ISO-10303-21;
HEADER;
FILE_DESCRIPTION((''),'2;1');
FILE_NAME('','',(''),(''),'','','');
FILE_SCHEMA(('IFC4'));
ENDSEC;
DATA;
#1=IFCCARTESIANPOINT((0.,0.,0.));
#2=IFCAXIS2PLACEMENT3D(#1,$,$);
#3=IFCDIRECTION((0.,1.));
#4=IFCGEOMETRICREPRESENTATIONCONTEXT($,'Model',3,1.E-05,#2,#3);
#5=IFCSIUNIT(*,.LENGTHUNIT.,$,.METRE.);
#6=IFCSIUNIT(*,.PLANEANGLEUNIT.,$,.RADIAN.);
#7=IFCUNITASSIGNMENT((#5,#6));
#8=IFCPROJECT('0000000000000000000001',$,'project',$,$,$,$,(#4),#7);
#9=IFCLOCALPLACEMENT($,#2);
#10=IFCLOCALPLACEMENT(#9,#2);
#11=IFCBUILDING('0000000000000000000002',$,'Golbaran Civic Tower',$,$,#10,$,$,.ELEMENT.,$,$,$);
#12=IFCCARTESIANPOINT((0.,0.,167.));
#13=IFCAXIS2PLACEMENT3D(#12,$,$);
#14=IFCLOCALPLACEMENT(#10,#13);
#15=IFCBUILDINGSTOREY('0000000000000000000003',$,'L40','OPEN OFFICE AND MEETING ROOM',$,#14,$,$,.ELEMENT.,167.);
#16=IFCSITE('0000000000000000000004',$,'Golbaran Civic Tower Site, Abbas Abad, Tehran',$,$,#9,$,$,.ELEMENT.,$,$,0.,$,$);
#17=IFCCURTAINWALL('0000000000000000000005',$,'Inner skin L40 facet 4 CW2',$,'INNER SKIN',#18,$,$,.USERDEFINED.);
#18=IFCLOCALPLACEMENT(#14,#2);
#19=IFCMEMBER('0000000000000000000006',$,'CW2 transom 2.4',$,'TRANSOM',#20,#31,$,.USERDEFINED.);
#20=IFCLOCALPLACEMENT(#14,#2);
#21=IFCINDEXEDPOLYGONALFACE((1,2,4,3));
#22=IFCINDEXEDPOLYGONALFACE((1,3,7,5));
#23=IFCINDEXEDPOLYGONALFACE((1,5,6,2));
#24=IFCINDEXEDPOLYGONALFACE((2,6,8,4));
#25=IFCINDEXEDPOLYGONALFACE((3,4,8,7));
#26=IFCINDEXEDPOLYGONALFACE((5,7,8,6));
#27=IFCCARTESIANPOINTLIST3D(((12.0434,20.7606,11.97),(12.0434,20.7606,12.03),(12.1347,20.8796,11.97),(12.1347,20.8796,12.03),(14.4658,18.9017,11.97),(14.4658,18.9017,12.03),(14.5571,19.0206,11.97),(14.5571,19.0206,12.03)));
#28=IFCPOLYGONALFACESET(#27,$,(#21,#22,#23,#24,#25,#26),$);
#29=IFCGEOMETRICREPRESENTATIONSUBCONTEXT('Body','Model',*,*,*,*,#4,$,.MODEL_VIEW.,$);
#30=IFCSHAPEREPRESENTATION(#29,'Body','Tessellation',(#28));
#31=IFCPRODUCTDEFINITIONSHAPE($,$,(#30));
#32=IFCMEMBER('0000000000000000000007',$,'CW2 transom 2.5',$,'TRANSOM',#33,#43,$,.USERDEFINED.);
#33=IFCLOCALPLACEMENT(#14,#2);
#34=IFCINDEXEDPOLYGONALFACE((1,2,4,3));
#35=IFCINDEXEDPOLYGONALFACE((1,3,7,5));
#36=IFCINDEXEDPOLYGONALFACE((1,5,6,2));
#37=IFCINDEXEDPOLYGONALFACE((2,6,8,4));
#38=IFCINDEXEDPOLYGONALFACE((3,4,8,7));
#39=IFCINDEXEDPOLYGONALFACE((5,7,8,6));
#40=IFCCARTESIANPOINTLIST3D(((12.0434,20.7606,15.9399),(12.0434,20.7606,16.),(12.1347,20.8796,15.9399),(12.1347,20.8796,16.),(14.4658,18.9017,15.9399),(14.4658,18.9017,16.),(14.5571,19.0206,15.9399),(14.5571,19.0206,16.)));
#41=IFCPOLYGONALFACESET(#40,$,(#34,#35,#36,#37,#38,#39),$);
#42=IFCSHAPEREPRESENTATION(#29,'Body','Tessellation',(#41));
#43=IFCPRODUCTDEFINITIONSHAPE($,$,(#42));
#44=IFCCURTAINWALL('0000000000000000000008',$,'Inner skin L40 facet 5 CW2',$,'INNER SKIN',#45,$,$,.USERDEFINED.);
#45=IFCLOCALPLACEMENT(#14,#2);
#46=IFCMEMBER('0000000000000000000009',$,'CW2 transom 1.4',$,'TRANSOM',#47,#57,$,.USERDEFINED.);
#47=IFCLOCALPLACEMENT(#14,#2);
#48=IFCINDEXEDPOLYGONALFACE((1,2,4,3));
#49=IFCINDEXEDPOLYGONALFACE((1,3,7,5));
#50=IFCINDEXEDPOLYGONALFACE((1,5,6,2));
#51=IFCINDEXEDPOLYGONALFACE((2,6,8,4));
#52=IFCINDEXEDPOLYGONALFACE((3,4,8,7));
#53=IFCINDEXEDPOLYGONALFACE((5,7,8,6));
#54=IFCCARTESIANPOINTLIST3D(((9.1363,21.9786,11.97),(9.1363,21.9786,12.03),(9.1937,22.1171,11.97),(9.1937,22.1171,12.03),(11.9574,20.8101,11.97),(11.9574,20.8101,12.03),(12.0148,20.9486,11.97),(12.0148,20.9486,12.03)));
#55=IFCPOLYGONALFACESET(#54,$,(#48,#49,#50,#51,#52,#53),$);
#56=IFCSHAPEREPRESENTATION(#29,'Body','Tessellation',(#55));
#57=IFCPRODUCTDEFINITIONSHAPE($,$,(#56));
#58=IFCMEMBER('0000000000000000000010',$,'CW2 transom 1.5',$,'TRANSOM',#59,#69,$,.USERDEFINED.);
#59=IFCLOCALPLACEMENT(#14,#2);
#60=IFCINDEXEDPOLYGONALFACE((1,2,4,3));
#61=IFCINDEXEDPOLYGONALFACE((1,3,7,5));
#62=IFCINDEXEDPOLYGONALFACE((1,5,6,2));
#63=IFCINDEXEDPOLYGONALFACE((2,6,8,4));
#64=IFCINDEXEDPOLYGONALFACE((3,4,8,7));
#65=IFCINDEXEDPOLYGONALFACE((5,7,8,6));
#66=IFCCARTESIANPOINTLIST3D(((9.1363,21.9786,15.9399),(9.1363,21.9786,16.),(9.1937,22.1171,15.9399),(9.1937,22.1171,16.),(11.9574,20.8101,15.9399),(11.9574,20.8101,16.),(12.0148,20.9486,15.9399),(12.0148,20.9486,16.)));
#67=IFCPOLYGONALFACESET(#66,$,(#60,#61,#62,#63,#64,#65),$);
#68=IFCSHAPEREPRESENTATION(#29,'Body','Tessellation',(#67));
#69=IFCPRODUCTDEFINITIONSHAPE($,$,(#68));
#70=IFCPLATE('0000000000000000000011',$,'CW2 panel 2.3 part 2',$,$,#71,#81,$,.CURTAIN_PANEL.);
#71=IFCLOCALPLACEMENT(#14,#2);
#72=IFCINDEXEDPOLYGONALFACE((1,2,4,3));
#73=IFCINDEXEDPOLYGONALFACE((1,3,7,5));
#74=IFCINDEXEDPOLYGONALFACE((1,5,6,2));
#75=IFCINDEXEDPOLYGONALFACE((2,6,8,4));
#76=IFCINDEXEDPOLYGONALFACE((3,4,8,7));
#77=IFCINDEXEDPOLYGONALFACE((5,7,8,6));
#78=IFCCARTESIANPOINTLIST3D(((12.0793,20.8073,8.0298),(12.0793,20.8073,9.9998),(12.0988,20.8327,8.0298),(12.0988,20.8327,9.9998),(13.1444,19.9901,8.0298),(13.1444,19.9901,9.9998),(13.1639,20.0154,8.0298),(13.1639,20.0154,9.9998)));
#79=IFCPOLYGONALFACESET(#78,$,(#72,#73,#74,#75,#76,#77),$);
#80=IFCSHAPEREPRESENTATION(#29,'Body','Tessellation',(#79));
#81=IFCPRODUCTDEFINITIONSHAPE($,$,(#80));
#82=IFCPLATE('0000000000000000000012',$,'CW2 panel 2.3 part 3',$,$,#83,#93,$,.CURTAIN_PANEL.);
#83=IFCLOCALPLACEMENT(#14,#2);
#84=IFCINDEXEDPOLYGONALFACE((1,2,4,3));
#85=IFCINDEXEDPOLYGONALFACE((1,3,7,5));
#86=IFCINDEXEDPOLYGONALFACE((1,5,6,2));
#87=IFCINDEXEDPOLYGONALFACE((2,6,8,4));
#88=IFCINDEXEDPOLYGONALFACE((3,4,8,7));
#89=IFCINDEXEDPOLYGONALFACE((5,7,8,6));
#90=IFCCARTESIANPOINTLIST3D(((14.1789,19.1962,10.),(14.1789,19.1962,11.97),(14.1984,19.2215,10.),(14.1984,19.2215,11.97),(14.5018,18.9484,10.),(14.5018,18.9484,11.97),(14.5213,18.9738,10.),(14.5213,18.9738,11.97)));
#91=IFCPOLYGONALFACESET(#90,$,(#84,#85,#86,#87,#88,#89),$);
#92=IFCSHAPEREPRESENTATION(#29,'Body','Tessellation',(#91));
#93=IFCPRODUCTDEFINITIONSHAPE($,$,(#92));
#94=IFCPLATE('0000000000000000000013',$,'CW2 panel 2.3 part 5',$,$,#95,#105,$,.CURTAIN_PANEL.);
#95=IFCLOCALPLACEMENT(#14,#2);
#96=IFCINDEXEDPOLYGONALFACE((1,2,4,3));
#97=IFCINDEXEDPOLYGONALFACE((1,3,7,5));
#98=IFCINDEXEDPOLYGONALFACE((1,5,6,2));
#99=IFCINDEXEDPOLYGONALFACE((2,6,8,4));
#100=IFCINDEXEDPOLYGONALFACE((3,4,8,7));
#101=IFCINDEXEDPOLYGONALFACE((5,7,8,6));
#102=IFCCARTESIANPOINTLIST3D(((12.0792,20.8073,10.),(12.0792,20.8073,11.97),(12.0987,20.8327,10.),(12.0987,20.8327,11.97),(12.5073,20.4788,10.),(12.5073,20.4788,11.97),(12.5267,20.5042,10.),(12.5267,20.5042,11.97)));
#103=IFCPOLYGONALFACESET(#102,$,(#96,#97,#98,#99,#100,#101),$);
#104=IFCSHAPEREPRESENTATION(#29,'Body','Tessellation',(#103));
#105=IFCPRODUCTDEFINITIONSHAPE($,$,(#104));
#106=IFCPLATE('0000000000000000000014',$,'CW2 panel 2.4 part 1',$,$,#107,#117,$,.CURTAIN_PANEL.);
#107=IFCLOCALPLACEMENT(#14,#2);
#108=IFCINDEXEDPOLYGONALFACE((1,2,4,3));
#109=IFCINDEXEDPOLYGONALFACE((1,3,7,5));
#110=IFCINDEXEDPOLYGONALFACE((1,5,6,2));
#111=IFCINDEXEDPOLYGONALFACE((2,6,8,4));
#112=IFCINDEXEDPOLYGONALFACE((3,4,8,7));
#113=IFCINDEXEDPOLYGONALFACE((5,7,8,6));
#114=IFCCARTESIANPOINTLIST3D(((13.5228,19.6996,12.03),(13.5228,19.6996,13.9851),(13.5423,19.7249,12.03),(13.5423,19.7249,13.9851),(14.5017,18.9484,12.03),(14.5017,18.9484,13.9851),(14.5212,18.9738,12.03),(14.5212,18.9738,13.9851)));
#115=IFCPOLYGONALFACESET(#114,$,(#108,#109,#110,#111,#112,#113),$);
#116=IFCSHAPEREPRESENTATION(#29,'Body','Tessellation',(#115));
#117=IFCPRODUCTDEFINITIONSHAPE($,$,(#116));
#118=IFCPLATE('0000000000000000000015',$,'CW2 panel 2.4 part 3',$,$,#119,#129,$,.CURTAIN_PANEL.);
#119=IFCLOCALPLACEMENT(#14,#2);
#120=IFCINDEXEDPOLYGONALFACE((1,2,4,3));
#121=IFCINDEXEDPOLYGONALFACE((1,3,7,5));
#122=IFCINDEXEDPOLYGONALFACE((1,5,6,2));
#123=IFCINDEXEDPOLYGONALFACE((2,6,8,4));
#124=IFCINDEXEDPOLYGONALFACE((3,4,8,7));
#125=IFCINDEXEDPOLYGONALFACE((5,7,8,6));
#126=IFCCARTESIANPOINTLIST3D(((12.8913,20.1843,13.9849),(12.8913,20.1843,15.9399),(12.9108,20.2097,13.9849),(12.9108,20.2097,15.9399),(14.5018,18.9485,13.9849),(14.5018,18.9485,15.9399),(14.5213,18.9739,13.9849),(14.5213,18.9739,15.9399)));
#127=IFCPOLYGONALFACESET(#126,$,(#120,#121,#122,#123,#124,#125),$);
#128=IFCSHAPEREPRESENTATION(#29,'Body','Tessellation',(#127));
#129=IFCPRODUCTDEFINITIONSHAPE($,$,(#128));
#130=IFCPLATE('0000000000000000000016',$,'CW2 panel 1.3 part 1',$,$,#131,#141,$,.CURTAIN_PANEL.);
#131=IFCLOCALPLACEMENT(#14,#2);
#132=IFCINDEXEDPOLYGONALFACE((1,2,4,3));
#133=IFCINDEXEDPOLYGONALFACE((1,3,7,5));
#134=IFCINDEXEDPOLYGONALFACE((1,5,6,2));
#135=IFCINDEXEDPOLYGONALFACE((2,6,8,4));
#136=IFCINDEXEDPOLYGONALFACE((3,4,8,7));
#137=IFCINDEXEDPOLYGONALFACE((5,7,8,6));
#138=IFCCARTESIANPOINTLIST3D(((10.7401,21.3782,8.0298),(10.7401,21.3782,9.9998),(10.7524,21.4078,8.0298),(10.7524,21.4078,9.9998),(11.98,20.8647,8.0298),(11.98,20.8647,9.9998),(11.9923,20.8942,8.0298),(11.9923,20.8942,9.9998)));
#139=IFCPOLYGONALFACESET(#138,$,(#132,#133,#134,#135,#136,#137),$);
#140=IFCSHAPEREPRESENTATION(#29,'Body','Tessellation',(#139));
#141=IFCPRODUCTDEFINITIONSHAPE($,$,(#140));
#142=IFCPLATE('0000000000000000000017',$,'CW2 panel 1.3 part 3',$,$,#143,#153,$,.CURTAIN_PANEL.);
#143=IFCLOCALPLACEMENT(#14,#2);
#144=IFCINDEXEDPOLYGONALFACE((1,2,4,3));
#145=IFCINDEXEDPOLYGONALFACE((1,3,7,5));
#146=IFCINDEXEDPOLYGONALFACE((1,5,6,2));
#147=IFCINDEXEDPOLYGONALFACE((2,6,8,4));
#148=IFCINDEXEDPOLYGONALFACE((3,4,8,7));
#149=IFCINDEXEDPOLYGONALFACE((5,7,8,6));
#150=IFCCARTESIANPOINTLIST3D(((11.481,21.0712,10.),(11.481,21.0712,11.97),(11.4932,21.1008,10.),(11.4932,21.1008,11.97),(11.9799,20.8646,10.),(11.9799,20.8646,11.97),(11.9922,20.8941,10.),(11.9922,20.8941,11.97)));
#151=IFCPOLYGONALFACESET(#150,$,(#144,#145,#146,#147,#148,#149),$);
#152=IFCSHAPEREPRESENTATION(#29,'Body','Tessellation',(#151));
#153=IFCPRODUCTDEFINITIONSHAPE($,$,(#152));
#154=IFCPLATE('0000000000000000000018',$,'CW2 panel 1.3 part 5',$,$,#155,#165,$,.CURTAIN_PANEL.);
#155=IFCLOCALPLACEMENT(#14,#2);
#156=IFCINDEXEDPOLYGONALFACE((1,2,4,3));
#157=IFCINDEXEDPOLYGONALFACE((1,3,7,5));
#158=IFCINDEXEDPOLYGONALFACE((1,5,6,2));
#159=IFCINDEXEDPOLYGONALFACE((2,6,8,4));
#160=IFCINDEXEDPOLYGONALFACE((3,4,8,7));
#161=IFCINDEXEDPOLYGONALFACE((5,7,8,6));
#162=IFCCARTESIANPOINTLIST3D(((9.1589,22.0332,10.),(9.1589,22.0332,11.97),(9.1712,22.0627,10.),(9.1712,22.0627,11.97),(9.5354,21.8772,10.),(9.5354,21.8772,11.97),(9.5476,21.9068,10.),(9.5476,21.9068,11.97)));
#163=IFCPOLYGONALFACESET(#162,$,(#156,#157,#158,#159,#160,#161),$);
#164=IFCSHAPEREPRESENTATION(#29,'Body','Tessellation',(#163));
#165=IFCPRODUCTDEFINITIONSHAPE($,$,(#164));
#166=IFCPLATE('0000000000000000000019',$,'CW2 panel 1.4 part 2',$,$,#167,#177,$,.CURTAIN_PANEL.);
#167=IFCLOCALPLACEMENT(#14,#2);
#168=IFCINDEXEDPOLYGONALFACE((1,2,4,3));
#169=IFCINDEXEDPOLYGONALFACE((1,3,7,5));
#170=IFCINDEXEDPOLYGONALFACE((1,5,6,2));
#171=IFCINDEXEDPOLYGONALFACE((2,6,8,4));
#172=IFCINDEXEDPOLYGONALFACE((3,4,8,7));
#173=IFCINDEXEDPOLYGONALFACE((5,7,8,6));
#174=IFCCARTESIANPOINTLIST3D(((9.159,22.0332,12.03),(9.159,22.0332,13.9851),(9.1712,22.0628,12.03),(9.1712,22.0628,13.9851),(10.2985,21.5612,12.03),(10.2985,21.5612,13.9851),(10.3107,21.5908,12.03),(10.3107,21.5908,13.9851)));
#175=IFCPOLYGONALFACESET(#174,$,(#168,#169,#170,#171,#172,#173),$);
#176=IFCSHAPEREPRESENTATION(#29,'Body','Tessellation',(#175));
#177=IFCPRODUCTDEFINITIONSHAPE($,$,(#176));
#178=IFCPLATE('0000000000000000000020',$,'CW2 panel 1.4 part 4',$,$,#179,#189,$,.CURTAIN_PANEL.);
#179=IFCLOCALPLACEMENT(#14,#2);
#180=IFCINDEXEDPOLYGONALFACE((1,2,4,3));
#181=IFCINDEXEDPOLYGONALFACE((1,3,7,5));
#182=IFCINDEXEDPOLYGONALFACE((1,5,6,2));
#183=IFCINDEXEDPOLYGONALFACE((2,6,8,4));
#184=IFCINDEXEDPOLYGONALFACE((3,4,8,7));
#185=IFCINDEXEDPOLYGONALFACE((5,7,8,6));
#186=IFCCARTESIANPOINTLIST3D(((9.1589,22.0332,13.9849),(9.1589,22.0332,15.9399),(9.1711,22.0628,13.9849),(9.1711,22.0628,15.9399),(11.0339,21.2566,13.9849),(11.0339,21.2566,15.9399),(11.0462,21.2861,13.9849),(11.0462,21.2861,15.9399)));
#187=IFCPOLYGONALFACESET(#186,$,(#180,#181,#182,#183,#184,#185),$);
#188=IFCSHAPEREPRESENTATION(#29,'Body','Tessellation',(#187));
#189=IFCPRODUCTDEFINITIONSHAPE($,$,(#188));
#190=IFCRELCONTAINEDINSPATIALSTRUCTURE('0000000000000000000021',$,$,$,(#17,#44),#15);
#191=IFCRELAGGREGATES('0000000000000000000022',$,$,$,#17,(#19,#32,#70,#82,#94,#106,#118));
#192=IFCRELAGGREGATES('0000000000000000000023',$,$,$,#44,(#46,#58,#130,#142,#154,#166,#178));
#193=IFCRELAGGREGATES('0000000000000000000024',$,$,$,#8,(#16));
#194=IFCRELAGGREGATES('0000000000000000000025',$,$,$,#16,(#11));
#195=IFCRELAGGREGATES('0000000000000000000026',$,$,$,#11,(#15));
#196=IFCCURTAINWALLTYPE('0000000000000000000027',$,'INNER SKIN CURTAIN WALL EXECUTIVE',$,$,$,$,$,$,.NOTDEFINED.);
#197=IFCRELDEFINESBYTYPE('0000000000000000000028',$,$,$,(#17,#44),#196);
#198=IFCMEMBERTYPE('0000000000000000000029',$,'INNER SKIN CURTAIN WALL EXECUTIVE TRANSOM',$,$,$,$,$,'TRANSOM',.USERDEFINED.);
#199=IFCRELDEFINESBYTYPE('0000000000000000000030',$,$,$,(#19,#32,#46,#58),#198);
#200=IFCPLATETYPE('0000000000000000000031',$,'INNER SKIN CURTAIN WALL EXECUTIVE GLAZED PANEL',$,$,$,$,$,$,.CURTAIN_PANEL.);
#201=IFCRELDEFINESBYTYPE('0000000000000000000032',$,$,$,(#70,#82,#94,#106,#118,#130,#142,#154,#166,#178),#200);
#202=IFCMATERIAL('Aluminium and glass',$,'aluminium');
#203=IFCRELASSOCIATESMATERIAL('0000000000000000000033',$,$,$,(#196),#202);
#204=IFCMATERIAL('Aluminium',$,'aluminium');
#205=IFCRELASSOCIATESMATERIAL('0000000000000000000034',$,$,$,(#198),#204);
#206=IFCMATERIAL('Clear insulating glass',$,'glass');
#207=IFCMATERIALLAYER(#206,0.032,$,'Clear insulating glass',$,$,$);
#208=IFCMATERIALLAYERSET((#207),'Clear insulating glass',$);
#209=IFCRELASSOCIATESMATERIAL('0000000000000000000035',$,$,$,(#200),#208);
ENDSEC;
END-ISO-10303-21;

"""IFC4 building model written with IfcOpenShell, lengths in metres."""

from ifc_helpers import new_model, si_unit, direction, frame, origin, origin_2d, place, context, subcontext, project, spatial, rectangle, extrude, material, layer, layer_set, material_profile, profile_set, type_object, element, aggregate, save


model = new_model("IFC4")

# Units and contexts
model_context = context("Model", 3, precision=1e-05, world=origin(), true_north=direction((0.0, 1.0)))
body_context = subcontext(model_context, "Body", "Model", "MODEL_VIEW")
ifc_project = project(units=[si_unit("LENGTHUNIT", "METRE"), si_unit("PLANEANGLEUNIT", "RADIAN")], contexts=[model_context])

# Site, building, storey
site_placement = place(None, origin())
site = spatial("IfcSite", under=ifc_project, at=site_placement, Name="Golbaran Civic Tower Site, Abbas Abad, Tehran", CompositionType="ELEMENT", RefElevation=0.0)
building_placement = place(site_placement, origin())
building = spatial("IfcBuilding", under=site, at=building_placement, Name="Golbaran Civic Tower", CompositionType="ELEMENT")
storey_placement = place(building_placement, frame((0.0, 0.0, 167.0)))
storey = spatial("IfcBuildingStorey", under=building, at=storey_placement, Name="L40", Description="OPEN OFFICE AND MEETING ROOM", CompositionType="ELEMENT", Elevation=167.0)

# Curtain walls, members
ifc_material_1 = material(Name="Aluminium and glass", Category="aluminium")
curtain_wall_type_1 = type_object("IfcCurtainWallType", Name="INNER SKIN CURTAIN WALL EXECUTIVE", PredefinedType="NOTDEFINED", material=ifc_material_1)
curtain_wall_1_placement = place(storey_placement, origin())
curtain_wall_1 = element("IfcCurtainWall", 1, at=curtain_wall_1_placement, inside=storey, type_object=curtain_wall_type_1, Name="Inner skin L40 facet 4 CW2", ObjectType="INNER SKIN", PredefinedType="USERDEFINED")
ifc_material_2 = material(Name="Aluminium", Category="aluminium")
ifc_material_profile = material_profile(ifc_material_2, rectangle(XDim=0.1499, YDim=0.0601, at=origin_2d()), Name="INNER SKIN CURTAIN WALL EXECUTIVE TRANSOM")
ifc_profile_set = profile_set([ifc_material_profile], Name="Aluminium")
member_type = type_object("IfcMemberType", Name="INNER SKIN CURTAIN WALL EXECUTIVE TRANSOM", ElementType="TRANSOM", PredefinedType="USERDEFINED", material=ifc_profile_set)
member_1_placement = place(storey_placement, frame((14.5115, 18.9612, 12.0), z_axis=(-0.793331, 0.608791, 0.0), x_axis=(-0.608791, -0.793331, 0.0)))
member_1 = element("IfcMember", 2, at=member_1_placement, type_object=member_type, Name="CW2 transom 2.4", ObjectType="TRANSOM", PredefinedType="USERDEFINED", context=body_context, shape_type="SweptSolid", body=[
    extrude(rectangle(XDim=0.1499, YDim=0.0601, at=origin_2d()), origin(), (0.0, 0.0, 1.0), 3.0535),
])
member_2_placement = place(storey_placement, frame((14.5115, 18.9612, 15.97), z_axis=(-0.793331, 0.608791, 0.0), x_axis=(-0.608791, -0.793331, 0.0)))
member_2 = element("IfcMember", 3, at=member_2_placement, type_object=member_type, Name="CW2 transom 2.5", ObjectType="TRANSOM", PredefinedType="USERDEFINED", context=body_context, shape_type="SweptSolid", body=[
    extrude(rectangle(XDim=0.1499, YDim=0.0601, at=origin_2d()), origin(), (0.0, 0.0, 1.0), 3.0535),
])
curtain_wall_2_placement = place(storey_placement, origin())
curtain_wall_2 = element("IfcCurtainWall", 4, at=curtain_wall_2_placement, inside=storey, type_object=curtain_wall_type_1, Name="Inner skin L40 facet 5 CW2", ObjectType="INNER SKIN", PredefinedType="USERDEFINED")
member_3_placement = place(storey_placement, frame((11.9861, 20.8794, 12.0), z_axis=(-0.923886, 0.382667, 0.0), x_axis=(-0.382667, -0.923886, 0.0)))
member_3 = element("IfcMember", 5, at=member_3_placement, type_object=member_type, Name="CW2 transom 1.4", ObjectType="TRANSOM", PredefinedType="USERDEFINED", context=body_context, shape_type="SweptSolid", body=[
    extrude(rectangle(XDim=0.1499, YDim=0.0601, at=origin_2d()), origin(), (0.0, 0.0, 1.0), 3.0535),
])
member_4_placement = place(storey_placement, frame((11.9861, 20.8794, 15.97), z_axis=(-0.923886, 0.382667, 0.0), x_axis=(-0.382667, -0.923886, 0.0)))
member_4 = element("IfcMember", 6, at=member_4_placement, type_object=member_type, Name="CW2 transom 1.5", ObjectType="TRANSOM", PredefinedType="USERDEFINED", context=body_context, shape_type="SweptSolid", body=[
    extrude(rectangle(XDim=0.1499, YDim=0.0601, at=origin_2d()), origin(), (0.0, 0.0, 1.0), 3.0535),
])

# Plates
ifc_material_3 = material(Name="Clear insulating glass", Category="glass")
ifc_layer_1 = layer(ifc_material_3, 0.032, Name="Clear insulating glass")
ifc_layer_set_1 = layer_set([ifc_layer_1], Name="Clear insulating glass")
plate_type_1 = type_object("IfcPlateType", Name="INNER SKIN CURTAIN WALL EXECUTIVE GLAZED PANEL", PredefinedType="CURTAIN_PANEL", material=ifc_layer_set_1)
plate_1_placement = place(storey_placement, frame((12.6216, 20.4114, 8.0298), z_axis=(0.0, 0.0, 1.0), x_axis=(-0.793353, 0.608761, 0.0)))
plate_1 = element("IfcPlate", 7, at=plate_1_placement, type_object=plate_type_1, Name="CW2 panel 2.3 part 2", PredefinedType="CURTAIN_PANEL", context=body_context, shape_type="SweptSolid", body=[
    extrude(rectangle(XDim=1.3425, YDim=0.032, at=origin_2d()), origin(), (0.0, 0.0, 1.0), 1.97),
])
plate_2_placement = place(storey_placement, frame((14.3501, 19.085, 10.0), z_axis=(0.0, 0.0, 1.0), x_axis=(-0.793353, 0.608761, 0.0)))
plate_2 = element("IfcPlate", 8, at=plate_2_placement, type_object=plate_type_1, Name="CW2 panel 2.3 part 3", PredefinedType="CURTAIN_PANEL", context=body_context, shape_type="SweptSolid", body=[
    extrude(rectangle(XDim=0.407, YDim=0.032, at=origin_2d()), origin(), (0.0, 0.0, 1.0), 1.97),
])
plate_3_placement = place(storey_placement, frame((12.303, 20.6558, 10.0), z_axis=(0.0, 0.0, 1.0), x_axis=(-0.793353, 0.608761, 0.0)))
plate_3 = element("IfcPlate", 9, at=plate_3_placement, type_object=plate_type_1, Name="CW2 panel 2.3 part 5", PredefinedType="CURTAIN_PANEL", context=body_context, shape_type="SweptSolid", body=[
    extrude(rectangle(XDim=0.5396, YDim=0.032, at=origin_2d()), origin(), (0.0, 0.0, 1.0), 1.97),
])
plate_4_placement = place(storey_placement, frame((14.022, 19.3367, 12.03), z_axis=(0.0, 0.0, 1.0), x_axis=(-0.793353, 0.608761, 0.0)))
plate_4 = element("IfcPlate", 10, at=plate_4_placement, type_object=plate_type_1, Name="CW2 panel 2.4 part 1", PredefinedType="CURTAIN_PANEL", context=body_context, shape_type="SweptSolid", body=[
    extrude(rectangle(XDim=1.2339, YDim=0.032, at=origin_2d()), origin(), (0.0, 0.0, 1.0), 1.9551),
])
plate_5_placement = place(storey_placement, frame((13.7063, 19.5791, 13.9849), z_axis=(0.0, 0.0, 1.0), x_axis=(-0.793353, 0.608761, 0.0)))
plate_5 = element("IfcPlate", 11, at=plate_5_placement, type_object=plate_type_1, Name="CW2 panel 2.4 part 3", PredefinedType="CURTAIN_PANEL", context=body_context, shape_type="SweptSolid", body=[
    extrude(rectangle(XDim=2.03, YDim=0.032, at=origin_2d()), origin(), (0.0, 0.0, 1.0), 1.9551),
])
plate_6_placement = place(storey_placement, frame((11.3662, 21.1362, 8.0298), z_axis=(0.0, 0.0, 1.0), x_axis=(-0.92388, 0.382683, 0.0)))
plate_6 = element("IfcPlate", 12, at=plate_6_placement, type_object=plate_type_1, Name="CW2 panel 1.3 part 1", PredefinedType="CURTAIN_PANEL", context=body_context, shape_type="SweptSolid", body=[
    extrude(rectangle(XDim=1.342, YDim=0.032, at=origin_2d()), origin(), (0.0, 0.0, 1.0), 1.97),
])
plate_7_placement = place(storey_placement, frame((11.7366, 20.9827, 10.0), z_axis=(0.0, 0.0, 1.0), x_axis=(-0.92388, 0.382683, 0.0)))
plate_7 = element("IfcPlate", 13, at=plate_7_placement, type_object=plate_type_1, Name="CW2 panel 1.3 part 3", PredefinedType="CURTAIN_PANEL", context=body_context, shape_type="SweptSolid", body=[
    extrude(rectangle(XDim=0.54, YDim=0.032, at=origin_2d()), origin(), (0.0, 0.0, 1.0), 1.97),
])
plate_8_placement = place(storey_placement, frame((9.3533, 21.97, 10.0), z_axis=(0.0, 0.0, 1.0), x_axis=(-0.92388, 0.382683, 0.0)))
plate_8 = element("IfcPlate", 14, at=plate_8_placement, type_object=plate_type_1, Name="CW2 panel 1.3 part 5", PredefinedType="CURTAIN_PANEL", context=body_context, shape_type="SweptSolid", body=[
    extrude(rectangle(XDim=0.4075, YDim=0.032, at=origin_2d()), origin(), (0.0, 0.0, 1.0), 1.97),
])
plate_9_placement = place(storey_placement, frame((9.7349, 21.812, 12.03), z_axis=(0.0, 0.0, 1.0), x_axis=(-0.92388, 0.382683, 0.0)))
plate_9 = element("IfcPlate", 15, at=plate_9_placement, type_object=plate_type_1, Name="CW2 panel 1.4 part 2", PredefinedType="CURTAIN_PANEL", context=body_context, shape_type="SweptSolid", body=[
    extrude(rectangle(XDim=1.2334, YDim=0.032, at=origin_2d()), origin(), (0.0, 0.0, 1.0), 1.9551),
])
plate_10_placement = place(storey_placement, frame((10.1025, 21.6597, 13.9849), z_axis=(0.0, 0.0, 1.0), x_axis=(-0.92388, 0.382683, 0.0)))
plate_10 = element("IfcPlate", 16, at=plate_10_placement, type_object=plate_type_1, Name="CW2 panel 1.4 part 4", PredefinedType="CURTAIN_PANEL", context=body_context, shape_type="SweptSolid", body=[
    extrude(rectangle(XDim=2.0295, YDim=0.032, at=origin_2d()), origin(), (0.0, 0.0, 1.0), 1.9551),
])
aggregate(curtain_wall_1, [member_1, member_2, plate_1, plate_2, plate_3, plate_4, plate_5])
aggregate(curtain_wall_2, [member_3, member_4, plate_6, plate_7, plate_8, plate_9, plate_10])

save(model, "model.ifc")
